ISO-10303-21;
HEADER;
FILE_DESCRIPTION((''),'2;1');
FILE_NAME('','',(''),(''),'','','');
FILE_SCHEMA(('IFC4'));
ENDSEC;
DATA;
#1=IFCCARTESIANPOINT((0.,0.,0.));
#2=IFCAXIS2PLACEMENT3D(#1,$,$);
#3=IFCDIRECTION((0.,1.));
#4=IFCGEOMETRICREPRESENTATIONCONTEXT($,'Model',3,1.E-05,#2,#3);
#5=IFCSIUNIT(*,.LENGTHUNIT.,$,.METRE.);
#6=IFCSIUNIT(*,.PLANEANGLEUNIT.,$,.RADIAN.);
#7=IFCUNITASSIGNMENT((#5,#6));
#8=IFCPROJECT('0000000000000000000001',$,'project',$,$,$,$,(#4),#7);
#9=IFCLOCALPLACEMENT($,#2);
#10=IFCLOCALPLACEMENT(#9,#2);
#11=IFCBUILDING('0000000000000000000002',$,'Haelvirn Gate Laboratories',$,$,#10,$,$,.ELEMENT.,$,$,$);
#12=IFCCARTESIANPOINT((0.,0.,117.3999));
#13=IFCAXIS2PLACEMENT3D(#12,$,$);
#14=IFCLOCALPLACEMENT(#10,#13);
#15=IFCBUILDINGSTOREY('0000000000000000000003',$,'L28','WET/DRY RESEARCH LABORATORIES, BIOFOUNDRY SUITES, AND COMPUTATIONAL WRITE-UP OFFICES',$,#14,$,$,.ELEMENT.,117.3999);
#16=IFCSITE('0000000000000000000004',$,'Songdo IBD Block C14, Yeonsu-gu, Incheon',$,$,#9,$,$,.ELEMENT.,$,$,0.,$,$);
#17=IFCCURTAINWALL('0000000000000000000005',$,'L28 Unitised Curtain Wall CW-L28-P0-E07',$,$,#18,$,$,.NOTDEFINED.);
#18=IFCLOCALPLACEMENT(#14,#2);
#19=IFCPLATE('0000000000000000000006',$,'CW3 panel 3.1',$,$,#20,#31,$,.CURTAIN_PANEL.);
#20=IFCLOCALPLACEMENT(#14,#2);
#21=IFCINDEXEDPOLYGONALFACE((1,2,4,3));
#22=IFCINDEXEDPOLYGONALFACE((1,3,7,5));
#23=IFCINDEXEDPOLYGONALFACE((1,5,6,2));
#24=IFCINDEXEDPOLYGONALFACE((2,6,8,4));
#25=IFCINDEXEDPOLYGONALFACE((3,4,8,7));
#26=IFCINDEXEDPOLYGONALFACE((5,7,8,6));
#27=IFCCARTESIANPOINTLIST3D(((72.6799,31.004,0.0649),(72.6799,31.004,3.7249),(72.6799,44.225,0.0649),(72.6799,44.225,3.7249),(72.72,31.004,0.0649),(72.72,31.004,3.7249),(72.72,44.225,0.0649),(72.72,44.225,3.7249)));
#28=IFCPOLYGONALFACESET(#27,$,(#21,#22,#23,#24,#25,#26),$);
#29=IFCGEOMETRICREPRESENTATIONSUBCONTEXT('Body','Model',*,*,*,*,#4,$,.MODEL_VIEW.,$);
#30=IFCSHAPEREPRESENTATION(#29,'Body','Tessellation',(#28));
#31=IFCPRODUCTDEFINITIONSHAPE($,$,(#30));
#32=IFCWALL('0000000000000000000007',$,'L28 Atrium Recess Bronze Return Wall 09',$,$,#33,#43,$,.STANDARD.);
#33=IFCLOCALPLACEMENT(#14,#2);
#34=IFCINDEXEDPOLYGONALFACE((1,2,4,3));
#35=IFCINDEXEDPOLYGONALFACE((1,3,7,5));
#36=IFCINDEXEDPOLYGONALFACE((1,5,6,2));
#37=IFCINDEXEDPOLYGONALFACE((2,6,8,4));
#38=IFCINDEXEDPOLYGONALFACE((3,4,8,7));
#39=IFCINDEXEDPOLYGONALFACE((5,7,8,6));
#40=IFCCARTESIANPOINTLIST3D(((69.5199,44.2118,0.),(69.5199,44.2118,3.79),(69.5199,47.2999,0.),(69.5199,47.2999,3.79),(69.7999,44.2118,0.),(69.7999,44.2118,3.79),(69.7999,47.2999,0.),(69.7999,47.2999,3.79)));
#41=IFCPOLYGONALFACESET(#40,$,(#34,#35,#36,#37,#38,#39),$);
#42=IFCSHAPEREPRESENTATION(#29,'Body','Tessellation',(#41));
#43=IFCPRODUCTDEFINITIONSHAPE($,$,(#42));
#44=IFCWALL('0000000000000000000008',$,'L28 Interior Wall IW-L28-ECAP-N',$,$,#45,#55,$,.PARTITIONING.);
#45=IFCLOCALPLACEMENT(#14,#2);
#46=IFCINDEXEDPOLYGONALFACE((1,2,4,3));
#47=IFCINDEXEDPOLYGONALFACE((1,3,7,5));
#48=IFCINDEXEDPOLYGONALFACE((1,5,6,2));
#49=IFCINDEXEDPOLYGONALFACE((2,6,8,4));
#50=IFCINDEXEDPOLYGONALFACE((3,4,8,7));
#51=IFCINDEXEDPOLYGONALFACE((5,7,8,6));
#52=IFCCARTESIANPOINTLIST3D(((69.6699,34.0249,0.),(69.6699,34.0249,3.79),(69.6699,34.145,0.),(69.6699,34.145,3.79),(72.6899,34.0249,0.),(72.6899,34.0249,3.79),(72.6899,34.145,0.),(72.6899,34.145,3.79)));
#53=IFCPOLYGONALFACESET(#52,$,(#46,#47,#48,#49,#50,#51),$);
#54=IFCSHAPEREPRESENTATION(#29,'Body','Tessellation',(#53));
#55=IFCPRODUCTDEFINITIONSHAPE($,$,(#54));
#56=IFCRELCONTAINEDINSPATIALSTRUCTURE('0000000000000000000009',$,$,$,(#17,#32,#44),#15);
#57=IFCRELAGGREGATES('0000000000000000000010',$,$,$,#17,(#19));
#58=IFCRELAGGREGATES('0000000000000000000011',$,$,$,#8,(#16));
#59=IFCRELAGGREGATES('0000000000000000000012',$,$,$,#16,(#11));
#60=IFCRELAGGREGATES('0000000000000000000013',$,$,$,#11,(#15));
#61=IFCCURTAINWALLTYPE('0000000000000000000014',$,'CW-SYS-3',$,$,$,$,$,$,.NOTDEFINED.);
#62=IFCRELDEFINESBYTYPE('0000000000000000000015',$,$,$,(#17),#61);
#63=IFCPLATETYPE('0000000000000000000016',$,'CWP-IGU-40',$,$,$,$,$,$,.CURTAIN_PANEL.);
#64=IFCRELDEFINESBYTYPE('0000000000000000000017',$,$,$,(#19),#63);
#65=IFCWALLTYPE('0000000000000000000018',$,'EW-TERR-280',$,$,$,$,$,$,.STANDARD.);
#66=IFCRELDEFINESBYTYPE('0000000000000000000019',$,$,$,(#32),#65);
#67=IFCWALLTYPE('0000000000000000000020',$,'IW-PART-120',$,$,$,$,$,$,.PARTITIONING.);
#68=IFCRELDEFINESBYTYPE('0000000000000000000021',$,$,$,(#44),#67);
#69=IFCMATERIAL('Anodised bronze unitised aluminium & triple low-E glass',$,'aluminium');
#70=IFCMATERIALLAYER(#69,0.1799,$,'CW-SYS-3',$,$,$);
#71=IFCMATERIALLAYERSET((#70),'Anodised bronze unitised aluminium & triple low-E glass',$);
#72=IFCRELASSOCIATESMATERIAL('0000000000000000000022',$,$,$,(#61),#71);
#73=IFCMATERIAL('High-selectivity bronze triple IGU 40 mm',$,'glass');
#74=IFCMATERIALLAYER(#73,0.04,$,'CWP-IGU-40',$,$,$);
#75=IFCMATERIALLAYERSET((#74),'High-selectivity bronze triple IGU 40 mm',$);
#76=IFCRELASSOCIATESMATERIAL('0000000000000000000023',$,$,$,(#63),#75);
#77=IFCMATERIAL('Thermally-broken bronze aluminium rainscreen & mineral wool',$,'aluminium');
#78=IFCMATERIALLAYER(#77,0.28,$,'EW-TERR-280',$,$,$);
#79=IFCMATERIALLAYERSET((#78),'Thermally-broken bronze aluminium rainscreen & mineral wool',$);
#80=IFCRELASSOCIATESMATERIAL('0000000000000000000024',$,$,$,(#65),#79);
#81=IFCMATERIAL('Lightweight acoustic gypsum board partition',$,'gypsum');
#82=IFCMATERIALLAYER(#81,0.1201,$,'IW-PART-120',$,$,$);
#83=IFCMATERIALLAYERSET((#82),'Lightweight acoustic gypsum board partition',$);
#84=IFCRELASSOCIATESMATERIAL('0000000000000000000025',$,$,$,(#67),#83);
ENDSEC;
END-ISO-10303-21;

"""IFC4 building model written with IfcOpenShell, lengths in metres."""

from ifc_helpers import new_model, si_unit, direction, frame, frame_2d, origin, origin_2d, place, context, subcontext, project, spatial, rectangle, extrude, source, transform, mapped, material, layer, layer_set, type_object, element, aggregate, save


model = new_model("IFC4")

# Units and contexts
model_context = context("Model", 3, precision=1e-05, world=origin(), true_north=direction((0.0, 1.0)))
body_context = subcontext(model_context, "Body", "Model", "MODEL_VIEW")
ifc_project = project(units=[si_unit("LENGTHUNIT", "METRE"), si_unit("PLANEANGLEUNIT", "RADIAN")], contexts=[model_context])

# Site, building, storey
site_placement = place(None, origin())
site = spatial("IfcSite", under=ifc_project, at=site_placement, Name="Songdo IBD Block C14, Yeonsu-gu, Incheon", CompositionType="ELEMENT", RefElevation=0.0)
building_placement = place(site_placement, origin())
building = spatial("IfcBuilding", under=site, at=building_placement, Name="Haelvirn Gate Laboratories", CompositionType="ELEMENT")
storey_placement = place(building_placement, frame((0.0, 0.0, 117.3999)))
storey = spatial("IfcBuildingStorey", under=building, at=storey_placement, Name="L28", Description="WET/DRY RESEARCH LABORATORIES, BIOFOUNDRY SUITES, AND COMPUTATIONAL WRITE-UP OFFICES", CompositionType="ELEMENT", Elevation=117.3999)

# Shared definitions
ifc_material_1 = material(Name="Anodised bronze unitised aluminium & triple low-E glass", Category="aluminium")
ifc_layer_1 = layer(ifc_material_1, 0.1799, Name="CW-SYS-3")
ifc_layer_set_1 = layer_set([ifc_layer_1], Name="Anodised bronze unitised aluminium & triple low-E glass")
curtain_wall_type_1 = type_object("IfcCurtainWallType", Name="CW-SYS-3", PredefinedType="NOTDEFINED", material=ifc_layer_set_1)

# Curtain wall
curtain_wall_1_placement = place(storey_placement, origin())
curtain_wall_1 = element("IfcCurtainWall", 1, at=curtain_wall_1_placement, inside=storey, type_object=curtain_wall_type_1, Name="L28 Unitised Curtain Wall CW-L28-P0-E07", PredefinedType="NOTDEFINED")

# Plate
ifc_material_2 = material(Name="High-selectivity bronze triple IGU 40 mm", Category="glass")
ifc_layer_2 = layer(ifc_material_2, 0.04, Name="CWP-IGU-40")
ifc_layer_set_2 = layer_set([ifc_layer_2], Name="High-selectivity bronze triple IGU 40 mm")
plate_type_1 = type_object("IfcPlateType", Name="CWP-IGU-40", PredefinedType="CURTAIN_PANEL", material=ifc_layer_set_2)
shared_shape_1 = source(origin(), body_context, "Body", "SweptSolid", [
    extrude(rectangle(XDim=13.2209, YDim=0.04, at=origin_2d()), origin(), (0.0, 0.0, 1.0), 3.6599),
])
plate_1_placement = place(storey_placement, frame((72.7, 37.6145, 0.0649), z_axis=(0.0, 0.0, 1.0), x_axis=(0.0, 1.0, 0.0)))
plate_1 = element("IfcPlate", 2, at=plate_1_placement, type_object=plate_type_1, Name="CW3 panel 3.1", PredefinedType="CURTAIN_PANEL", context=body_context, shape_type="MappedRepresentation", body=[
    mapped(shared_shape_1, transform((0.0, 0.0, 0.0), scale=1.0)),
])
aggregate(curtain_wall_1, [plate_1])

# Walls
ifc_material_3 = material(Name="Thermally-broken bronze aluminium rainscreen & mineral wool", Category="aluminium")
ifc_layer_3 = layer(ifc_material_3, 0.28, Name="EW-TERR-280")
ifc_layer_set_3 = layer_set([ifc_layer_3], Name="Thermally-broken bronze aluminium rainscreen & mineral wool")
wall_type_1 = type_object("IfcWallType", Name="EW-TERR-280", PredefinedType="STANDARD", material=ifc_layer_set_3)
wall_1_placement = place(storey_placement, frame((69.6599, 44.2119, 0.0), z_axis=(0.0, 0.0, 1.0), x_axis=(0.0, 1.0, 0.0)))
element("IfcWall", 3, at=wall_1_placement, inside=storey, type_object=wall_type_1, Name="L28 Atrium Recess Bronze Return Wall 09", PredefinedType="STANDARD", context=body_context, shape_type="SweptSolid", body=[
    extrude(rectangle(XDim=3.0881, YDim=0.28, at=frame_2d((1.5439, 0.0))), origin(), (0.0, 0.0, 1.0), 3.79),
])
ifc_material_4 = material(Name="Lightweight acoustic gypsum board partition", Category="gypsum")
ifc_layer_4 = layer(ifc_material_4, 0.1201, Name="IW-PART-120")
ifc_layer_set_4 = layer_set([ifc_layer_4], Name="Lightweight acoustic gypsum board partition")
wall_type_2 = type_object("IfcWallType", Name="IW-PART-120", PredefinedType="PARTITIONING", material=ifc_layer_set_4)
wall_2_placement = place(storey_placement, frame((69.6699, 34.085, 0.0), z_axis=(0.0, 0.0, 1.0), x_axis=(1.0, 0.0, 0.0)))
element("IfcWall", 4, at=wall_2_placement, inside=storey, type_object=wall_type_2, Name="L28 Interior Wall IW-L28-ECAP-N", PredefinedType="PARTITIONING", context=body_context, shape_type="SweptSolid", body=[
    extrude(rectangle(XDim=3.02, YDim=0.1201, at=frame_2d((1.51, 0.0))), origin(), (0.0, 0.0, 1.0), 3.79),
])

save(model, "model.ifc")
